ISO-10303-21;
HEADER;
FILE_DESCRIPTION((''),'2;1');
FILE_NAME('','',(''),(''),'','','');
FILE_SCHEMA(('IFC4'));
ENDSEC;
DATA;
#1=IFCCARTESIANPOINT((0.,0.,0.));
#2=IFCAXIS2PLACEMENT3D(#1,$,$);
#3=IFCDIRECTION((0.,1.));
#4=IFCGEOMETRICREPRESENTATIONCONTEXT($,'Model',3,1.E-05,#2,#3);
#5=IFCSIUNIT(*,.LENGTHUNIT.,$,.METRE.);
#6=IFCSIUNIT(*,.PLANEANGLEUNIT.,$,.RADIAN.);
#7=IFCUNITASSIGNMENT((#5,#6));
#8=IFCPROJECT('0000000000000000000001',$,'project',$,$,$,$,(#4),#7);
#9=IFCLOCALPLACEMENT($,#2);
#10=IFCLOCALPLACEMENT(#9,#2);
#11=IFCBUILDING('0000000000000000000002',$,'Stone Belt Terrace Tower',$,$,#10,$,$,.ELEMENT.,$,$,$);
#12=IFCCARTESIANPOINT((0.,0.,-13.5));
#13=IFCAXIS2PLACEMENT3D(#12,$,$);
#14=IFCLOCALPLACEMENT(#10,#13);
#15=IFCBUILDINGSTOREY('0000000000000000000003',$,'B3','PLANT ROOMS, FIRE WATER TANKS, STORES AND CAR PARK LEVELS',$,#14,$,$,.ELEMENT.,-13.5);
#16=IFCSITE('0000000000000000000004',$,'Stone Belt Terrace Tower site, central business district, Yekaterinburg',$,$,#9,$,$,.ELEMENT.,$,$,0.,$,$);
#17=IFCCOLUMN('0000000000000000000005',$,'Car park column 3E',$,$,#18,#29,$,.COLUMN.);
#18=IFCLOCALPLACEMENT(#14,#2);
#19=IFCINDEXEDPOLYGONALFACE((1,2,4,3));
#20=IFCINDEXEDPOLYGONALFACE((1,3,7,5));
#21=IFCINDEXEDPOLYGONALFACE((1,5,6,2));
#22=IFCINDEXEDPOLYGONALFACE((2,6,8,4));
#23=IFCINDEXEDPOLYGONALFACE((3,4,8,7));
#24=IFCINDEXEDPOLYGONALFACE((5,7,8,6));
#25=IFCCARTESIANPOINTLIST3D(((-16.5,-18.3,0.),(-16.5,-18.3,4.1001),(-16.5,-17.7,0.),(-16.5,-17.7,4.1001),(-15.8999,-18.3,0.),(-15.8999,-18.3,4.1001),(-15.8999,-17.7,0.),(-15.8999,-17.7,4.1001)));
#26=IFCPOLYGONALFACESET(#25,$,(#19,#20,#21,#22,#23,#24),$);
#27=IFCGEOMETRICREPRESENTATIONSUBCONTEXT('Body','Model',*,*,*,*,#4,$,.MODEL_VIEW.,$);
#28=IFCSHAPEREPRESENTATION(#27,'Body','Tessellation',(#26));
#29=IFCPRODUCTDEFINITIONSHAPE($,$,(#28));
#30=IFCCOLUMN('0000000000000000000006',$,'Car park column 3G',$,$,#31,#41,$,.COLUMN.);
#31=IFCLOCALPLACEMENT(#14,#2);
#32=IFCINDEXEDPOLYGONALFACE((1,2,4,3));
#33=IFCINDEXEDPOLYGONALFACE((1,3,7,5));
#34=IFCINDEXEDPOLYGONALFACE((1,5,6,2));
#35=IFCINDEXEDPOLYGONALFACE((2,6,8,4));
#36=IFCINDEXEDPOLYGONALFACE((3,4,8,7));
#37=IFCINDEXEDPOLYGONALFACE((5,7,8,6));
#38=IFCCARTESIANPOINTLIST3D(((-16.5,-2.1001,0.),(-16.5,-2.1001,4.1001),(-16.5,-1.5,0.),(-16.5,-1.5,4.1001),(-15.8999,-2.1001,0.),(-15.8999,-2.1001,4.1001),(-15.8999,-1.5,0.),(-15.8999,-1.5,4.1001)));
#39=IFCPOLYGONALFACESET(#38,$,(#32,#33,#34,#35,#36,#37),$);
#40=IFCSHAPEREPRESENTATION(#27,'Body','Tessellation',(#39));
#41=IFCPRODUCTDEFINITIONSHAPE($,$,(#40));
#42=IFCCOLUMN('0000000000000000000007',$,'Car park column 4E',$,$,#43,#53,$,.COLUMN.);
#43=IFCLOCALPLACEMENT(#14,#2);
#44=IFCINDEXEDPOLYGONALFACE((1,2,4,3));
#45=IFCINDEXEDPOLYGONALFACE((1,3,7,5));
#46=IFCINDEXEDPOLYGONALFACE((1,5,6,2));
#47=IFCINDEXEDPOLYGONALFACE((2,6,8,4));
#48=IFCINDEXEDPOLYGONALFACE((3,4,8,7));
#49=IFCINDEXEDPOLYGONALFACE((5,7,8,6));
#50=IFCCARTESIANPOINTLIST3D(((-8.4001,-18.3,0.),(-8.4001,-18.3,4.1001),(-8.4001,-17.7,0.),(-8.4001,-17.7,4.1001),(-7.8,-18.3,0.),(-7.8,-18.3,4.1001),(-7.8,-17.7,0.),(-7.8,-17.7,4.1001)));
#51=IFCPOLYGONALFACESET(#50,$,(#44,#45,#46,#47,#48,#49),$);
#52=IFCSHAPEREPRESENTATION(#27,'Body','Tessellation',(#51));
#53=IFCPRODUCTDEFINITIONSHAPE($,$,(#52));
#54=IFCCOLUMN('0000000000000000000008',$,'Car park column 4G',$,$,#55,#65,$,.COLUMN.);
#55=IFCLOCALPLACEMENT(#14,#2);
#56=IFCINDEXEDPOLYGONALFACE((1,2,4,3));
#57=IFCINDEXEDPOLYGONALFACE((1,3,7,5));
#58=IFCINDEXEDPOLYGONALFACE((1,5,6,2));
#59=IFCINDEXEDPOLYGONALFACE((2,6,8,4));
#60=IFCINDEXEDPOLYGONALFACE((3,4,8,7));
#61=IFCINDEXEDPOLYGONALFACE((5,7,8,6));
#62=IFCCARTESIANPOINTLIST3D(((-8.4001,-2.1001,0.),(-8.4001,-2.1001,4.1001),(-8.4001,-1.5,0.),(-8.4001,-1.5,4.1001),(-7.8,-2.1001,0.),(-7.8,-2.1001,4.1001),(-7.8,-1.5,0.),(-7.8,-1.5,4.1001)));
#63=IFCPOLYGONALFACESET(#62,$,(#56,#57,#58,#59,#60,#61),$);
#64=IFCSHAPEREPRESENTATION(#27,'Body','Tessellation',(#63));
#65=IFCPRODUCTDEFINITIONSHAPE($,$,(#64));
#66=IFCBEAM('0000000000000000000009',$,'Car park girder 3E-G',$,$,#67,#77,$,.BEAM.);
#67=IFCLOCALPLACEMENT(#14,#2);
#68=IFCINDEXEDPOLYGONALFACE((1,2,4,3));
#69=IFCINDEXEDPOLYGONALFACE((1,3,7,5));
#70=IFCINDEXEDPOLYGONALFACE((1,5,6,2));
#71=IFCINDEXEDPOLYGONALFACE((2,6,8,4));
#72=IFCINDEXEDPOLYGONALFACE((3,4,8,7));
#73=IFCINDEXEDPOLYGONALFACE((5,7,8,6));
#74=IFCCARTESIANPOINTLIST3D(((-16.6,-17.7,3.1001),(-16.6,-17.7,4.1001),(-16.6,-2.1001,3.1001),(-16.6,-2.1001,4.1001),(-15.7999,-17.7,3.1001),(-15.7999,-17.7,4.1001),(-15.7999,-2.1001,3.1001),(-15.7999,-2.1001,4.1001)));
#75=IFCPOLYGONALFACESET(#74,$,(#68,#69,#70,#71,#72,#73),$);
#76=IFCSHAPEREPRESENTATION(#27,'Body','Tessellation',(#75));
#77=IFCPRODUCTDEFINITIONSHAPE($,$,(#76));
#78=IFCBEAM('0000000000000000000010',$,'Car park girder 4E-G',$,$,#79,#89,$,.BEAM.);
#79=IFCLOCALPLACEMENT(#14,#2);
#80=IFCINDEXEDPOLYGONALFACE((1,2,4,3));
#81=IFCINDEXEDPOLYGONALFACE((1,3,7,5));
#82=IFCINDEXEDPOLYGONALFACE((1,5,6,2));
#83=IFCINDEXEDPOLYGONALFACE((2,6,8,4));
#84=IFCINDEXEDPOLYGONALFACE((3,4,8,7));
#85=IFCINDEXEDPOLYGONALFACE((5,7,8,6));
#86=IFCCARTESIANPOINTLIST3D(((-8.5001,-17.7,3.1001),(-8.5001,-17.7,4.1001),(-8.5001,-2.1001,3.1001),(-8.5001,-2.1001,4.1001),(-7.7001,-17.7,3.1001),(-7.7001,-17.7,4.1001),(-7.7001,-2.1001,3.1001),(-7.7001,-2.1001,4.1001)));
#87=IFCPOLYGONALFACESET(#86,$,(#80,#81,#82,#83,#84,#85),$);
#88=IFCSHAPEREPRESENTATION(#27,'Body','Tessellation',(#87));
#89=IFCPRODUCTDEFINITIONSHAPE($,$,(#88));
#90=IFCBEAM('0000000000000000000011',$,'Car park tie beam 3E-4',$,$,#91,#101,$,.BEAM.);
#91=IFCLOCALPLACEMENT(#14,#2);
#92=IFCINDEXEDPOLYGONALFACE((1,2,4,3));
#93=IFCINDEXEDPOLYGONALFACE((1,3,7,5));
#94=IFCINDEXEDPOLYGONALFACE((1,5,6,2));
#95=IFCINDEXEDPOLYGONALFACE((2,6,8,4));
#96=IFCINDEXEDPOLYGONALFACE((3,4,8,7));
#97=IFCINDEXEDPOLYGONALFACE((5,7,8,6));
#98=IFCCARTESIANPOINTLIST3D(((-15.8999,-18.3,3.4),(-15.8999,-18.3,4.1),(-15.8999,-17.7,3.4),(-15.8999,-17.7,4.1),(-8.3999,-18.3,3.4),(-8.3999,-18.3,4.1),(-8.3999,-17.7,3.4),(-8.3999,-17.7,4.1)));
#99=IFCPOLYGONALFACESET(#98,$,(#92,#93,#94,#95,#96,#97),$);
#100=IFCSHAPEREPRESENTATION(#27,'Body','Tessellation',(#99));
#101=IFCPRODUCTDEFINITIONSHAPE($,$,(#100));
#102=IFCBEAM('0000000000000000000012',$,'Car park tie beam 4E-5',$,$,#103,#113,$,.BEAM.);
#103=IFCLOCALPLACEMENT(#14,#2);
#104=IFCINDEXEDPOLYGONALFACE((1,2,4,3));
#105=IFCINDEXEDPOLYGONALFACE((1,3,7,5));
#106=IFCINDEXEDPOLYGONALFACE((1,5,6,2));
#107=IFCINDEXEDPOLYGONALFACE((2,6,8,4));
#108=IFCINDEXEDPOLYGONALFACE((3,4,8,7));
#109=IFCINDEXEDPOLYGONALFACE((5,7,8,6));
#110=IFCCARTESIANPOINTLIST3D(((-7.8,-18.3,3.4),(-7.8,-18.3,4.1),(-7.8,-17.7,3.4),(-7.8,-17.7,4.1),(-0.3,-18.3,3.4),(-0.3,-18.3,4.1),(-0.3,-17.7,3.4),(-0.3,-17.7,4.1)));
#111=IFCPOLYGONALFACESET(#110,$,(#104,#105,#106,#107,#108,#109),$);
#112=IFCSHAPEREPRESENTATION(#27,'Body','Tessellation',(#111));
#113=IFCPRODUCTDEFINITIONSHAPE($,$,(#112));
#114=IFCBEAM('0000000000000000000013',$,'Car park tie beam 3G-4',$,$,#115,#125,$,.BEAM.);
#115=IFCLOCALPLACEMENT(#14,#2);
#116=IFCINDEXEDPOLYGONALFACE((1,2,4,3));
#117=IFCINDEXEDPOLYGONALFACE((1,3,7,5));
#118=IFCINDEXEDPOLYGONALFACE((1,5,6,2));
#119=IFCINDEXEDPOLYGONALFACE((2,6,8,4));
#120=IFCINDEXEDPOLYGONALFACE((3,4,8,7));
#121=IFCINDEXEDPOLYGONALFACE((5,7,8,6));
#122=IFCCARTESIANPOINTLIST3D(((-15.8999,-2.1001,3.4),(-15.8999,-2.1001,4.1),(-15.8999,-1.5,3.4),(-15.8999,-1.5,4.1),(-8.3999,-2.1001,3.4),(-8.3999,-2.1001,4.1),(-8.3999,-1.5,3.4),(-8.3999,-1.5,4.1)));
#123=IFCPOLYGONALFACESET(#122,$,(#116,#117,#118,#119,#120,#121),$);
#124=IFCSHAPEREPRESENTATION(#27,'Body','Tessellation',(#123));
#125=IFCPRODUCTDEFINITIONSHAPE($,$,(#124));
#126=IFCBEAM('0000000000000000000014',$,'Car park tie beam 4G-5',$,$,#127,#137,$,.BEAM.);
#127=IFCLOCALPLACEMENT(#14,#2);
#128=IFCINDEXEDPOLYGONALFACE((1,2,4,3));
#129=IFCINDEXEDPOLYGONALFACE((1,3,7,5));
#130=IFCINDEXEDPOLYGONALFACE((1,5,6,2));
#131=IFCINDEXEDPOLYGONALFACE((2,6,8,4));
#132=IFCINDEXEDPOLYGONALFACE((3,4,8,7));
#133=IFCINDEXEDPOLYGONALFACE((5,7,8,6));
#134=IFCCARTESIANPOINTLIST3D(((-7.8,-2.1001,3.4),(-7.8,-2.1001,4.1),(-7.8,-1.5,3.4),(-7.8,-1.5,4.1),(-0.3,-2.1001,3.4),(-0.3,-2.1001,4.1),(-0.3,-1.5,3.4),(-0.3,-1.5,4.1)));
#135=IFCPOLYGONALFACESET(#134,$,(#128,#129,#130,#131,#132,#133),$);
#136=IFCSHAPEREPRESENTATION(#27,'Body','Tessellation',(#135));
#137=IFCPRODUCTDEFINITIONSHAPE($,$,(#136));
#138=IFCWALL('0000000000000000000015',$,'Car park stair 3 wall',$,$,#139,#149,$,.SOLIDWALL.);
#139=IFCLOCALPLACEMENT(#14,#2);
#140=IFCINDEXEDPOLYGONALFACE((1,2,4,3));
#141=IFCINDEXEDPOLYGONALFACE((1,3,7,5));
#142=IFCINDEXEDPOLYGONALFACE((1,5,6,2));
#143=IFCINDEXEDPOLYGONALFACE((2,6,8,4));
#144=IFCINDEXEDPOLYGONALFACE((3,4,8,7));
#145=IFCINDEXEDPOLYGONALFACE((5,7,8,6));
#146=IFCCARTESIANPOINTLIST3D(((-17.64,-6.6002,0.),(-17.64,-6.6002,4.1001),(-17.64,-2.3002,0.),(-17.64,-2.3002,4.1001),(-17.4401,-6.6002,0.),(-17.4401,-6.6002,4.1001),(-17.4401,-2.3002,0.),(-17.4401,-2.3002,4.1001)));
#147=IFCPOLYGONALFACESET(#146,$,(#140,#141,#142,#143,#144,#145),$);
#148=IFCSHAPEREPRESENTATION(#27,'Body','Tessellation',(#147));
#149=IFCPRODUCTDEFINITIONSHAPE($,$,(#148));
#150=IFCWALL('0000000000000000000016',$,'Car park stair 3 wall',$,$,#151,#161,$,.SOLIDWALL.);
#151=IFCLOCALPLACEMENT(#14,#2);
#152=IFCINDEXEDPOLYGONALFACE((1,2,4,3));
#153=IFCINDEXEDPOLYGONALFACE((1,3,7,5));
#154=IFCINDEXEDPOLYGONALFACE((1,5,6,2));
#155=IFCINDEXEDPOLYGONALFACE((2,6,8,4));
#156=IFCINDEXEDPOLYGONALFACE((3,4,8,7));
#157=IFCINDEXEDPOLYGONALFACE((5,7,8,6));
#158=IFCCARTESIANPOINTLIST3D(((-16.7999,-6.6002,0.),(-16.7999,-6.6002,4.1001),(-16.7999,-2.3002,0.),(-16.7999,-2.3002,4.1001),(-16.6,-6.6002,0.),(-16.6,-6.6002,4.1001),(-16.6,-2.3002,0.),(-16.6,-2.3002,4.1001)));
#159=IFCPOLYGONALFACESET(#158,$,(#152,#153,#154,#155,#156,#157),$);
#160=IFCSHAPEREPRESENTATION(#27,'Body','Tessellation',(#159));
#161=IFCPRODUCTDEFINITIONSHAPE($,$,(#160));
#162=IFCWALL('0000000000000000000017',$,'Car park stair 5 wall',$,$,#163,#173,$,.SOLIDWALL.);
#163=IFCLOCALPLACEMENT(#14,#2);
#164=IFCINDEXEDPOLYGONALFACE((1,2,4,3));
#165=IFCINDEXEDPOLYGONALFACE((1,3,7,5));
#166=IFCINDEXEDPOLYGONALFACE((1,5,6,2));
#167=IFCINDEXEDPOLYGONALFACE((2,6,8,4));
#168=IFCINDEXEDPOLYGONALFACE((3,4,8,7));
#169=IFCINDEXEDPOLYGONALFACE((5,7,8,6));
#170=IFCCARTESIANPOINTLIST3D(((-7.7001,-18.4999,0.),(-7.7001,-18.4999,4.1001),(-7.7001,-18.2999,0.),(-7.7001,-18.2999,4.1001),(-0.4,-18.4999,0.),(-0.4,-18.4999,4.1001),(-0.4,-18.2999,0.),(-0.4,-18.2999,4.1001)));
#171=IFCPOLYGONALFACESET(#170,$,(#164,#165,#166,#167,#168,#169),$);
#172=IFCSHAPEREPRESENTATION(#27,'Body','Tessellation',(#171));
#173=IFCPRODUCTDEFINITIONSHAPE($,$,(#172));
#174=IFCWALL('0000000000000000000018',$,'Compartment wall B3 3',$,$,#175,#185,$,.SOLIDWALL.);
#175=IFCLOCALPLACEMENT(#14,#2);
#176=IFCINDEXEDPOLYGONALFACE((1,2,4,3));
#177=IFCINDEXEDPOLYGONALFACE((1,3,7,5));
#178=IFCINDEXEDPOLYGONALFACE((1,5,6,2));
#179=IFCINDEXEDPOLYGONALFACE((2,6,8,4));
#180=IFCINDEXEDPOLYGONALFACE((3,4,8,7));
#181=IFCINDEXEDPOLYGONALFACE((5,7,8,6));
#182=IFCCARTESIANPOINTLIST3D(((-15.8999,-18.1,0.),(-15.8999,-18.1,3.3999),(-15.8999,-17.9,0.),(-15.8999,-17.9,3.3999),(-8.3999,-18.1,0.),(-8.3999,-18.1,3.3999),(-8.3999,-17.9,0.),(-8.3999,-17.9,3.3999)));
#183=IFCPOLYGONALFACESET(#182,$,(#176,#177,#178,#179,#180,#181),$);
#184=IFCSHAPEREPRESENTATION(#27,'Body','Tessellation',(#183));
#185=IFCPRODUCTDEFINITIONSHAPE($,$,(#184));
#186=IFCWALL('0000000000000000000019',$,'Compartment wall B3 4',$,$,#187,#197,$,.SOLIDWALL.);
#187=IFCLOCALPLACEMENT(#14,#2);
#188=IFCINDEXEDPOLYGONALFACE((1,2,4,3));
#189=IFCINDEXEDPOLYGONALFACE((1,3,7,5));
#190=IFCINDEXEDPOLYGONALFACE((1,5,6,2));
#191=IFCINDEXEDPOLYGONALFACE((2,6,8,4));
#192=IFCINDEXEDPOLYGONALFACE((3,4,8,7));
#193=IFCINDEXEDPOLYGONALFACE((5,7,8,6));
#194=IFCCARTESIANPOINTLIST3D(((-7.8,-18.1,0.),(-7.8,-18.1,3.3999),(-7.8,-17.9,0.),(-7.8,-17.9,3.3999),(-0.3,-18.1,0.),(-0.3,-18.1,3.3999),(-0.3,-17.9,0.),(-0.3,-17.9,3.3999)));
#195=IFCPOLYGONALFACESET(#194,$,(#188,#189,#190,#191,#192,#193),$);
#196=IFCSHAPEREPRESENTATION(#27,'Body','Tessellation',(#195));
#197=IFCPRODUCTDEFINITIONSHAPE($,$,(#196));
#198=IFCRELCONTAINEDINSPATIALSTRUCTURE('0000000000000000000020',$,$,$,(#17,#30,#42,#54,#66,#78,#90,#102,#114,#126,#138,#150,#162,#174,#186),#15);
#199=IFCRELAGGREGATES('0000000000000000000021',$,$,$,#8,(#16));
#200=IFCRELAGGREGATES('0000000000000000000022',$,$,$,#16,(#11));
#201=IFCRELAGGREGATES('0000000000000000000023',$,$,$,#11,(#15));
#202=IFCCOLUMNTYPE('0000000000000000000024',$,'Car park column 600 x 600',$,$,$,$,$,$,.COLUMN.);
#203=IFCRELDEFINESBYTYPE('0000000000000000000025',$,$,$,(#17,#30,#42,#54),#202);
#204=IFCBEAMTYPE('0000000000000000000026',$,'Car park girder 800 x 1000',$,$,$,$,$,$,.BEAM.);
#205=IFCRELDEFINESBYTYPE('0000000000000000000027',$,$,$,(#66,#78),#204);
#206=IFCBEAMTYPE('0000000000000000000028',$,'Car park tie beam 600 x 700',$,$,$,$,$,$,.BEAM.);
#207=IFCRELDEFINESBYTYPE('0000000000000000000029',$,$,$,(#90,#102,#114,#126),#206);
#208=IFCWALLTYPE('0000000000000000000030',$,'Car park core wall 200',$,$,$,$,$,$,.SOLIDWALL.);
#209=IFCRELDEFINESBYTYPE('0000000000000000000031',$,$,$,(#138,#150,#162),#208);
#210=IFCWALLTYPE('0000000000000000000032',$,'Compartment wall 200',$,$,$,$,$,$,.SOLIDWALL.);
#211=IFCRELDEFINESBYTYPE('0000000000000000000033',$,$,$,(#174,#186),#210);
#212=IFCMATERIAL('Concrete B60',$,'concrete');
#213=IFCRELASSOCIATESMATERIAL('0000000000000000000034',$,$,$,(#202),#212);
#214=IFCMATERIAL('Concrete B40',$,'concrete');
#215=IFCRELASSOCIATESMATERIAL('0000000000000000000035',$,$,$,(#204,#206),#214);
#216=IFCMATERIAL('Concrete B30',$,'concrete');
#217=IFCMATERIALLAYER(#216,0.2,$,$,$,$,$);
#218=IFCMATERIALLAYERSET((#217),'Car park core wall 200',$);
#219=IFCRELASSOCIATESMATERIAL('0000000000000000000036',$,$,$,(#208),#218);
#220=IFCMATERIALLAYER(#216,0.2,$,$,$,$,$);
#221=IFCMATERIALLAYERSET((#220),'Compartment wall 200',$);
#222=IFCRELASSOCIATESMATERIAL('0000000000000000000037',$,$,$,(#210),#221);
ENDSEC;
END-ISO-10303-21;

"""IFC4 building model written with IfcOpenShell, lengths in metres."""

from ifc_helpers import new_model, si_unit, direction, frame, frame_2d, origin, origin_2d, place, context, subcontext, project, spatial, rectangle, extrude, material, layer, layer_set, material_profile, profile_set, type_object, element, save


model = new_model("IFC4")

# Units and contexts
model_context = context("Model", 3, precision=1e-05, world=origin(), true_north=direction((0.0, 1.0)))
body_context = subcontext(model_context, "Body", "Model", "MODEL_VIEW")
ifc_project = project(units=[si_unit("LENGTHUNIT", "METRE"), si_unit("PLANEANGLEUNIT", "RADIAN")], contexts=[model_context])

# Site, building, storey
site_placement = place(None, origin())
site = spatial("IfcSite", under=ifc_project, at=site_placement, Name="Stone Belt Terrace Tower site, central business district, Yekaterinburg", CompositionType="ELEMENT", RefElevation=0.0)
building_placement = place(site_placement, origin())
building = spatial("IfcBuilding", under=site, at=building_placement, Name="Stone Belt Terrace Tower", CompositionType="ELEMENT")
storey_placement = place(building_placement, frame((0.0, 0.0, -13.5)))
storey = spatial("IfcBuildingStorey", under=building, at=storey_placement, Name="B3", Description="PLANT ROOMS, FIRE WATER TANKS, STORES AND CAR PARK LEVELS", CompositionType="ELEMENT", Elevation=-13.5)

# Columns
ifc_material_1 = material(Name="Concrete B60", Category="concrete")
ifc_material_profile_1 = material_profile(ifc_material_1, rectangle(XDim=0.6001, YDim=0.6001, at=origin_2d()), Name="Car park column 600 x 600")
ifc_profile_set_1 = profile_set([ifc_material_profile_1], Name="Concrete B60")
column_type = type_object("IfcColumnType", Name="Car park column 600 x 600", PredefinedType="COLUMN", material=ifc_profile_set_1)
for number, where, z_axis, x_axis, name in (
    (1, (-16.2, -18.0, 0.0), (0.0, 0.0, 1.0), (1.0, 0.0, 0.0), "Car park column 3E"),
    (2, (-16.2, -1.8, 0.0), (0.0, 0.0, 1.0), (1.0, 0.0, 0.0), "Car park column 3G"),
    (3, (-8.1001, -18.0, 0.0), (0.0, 0.0, 1.0), (1.0, 0.0, 0.0), "Car park column 4E"),
    (4, (-8.1001, -1.8, 0.0), (0.0, 0.0, 1.0), (1.0, 0.0, 0.0), "Car park column 4G"),
):
    element("IfcColumn", number, at=place(storey_placement, frame(where, z_axis=z_axis, x_axis=x_axis)), inside=storey, type_object=column_type, Name=name, PredefinedType="COLUMN", context=body_context, shape_type="SweptSolid", body=[
        extrude(rectangle(XDim=0.6001, YDim=0.6001, at=origin_2d()), origin(), (0.0, 0.0, 1.0), 4.1001),
    ])

# Beams
ifc_material_2 = material(Name="Concrete B40", Category="concrete")
ifc_material_profile_2 = material_profile(ifc_material_2, rectangle(XDim=0.8, YDim=1.0, at=origin_2d()), Name="Car park girder 800 x 1000")
ifc_profile_set_2 = profile_set([ifc_material_profile_2], Name="Concrete B40")
beam_type_1 = type_object("IfcBeamType", Name="Car park girder 800 x 1000", PredefinedType="BEAM", material=ifc_profile_set_2)
for number, where, z_axis, x_axis, name in (
    (5, (-16.2, -17.7, 3.6001), (0.0, 1.0, 0.0), (-1.0, 0.0, 0.0), "Car park girder 3E-G"),
    (6, (-8.1001, -17.7, 3.6001), (0.0, 1.0, 0.0), (-1.0, 0.0, 0.0), "Car park girder 4E-G"),
):
    element("IfcBeam", number, at=place(storey_placement, frame(where, z_axis=z_axis, x_axis=x_axis)), inside=storey, type_object=beam_type_1, Name=name, PredefinedType="BEAM", context=body_context, shape_type="SweptSolid", body=[
        extrude(rectangle(XDim=0.8, YDim=1.0, at=origin_2d()), origin(), (0.0, 0.0, 1.0), 15.5999),
    ])
ifc_material_profile_3 = material_profile(ifc_material_2, rectangle(XDim=0.6001, YDim=0.7, at=origin_2d()), Name="Car park tie beam 600 x 700")
ifc_profile_set_3 = profile_set([ifc_material_profile_3], Name="Concrete B40")
beam_type_2 = type_object("IfcBeamType", Name="Car park tie beam 600 x 700", PredefinedType="BEAM", material=ifc_profile_set_3)
for number, where, z_axis, x_axis, name in (
    (7, (-15.8999, -18.0, 3.75), (1.0, 0.0, 0.0), (0.0, 1.0, 0.0), "Car park tie beam 3E-4"),
    (8, (-7.8, -18.0, 3.75), (1.0, 0.0, 0.0), (0.0, 1.0, 0.0), "Car park tie beam 4E-5"),
    (9, (-15.8999, -1.8, 3.75), (1.0, 0.0, 0.0), (0.0, 1.0, 0.0), "Car park tie beam 3G-4"),
    (10, (-7.8, -1.8, 3.75), (1.0, 0.0, 0.0), (0.0, 1.0, 0.0), "Car park tie beam 4G-5"),
):
    element("IfcBeam", number, at=place(storey_placement, frame(where, z_axis=z_axis, x_axis=x_axis)), inside=storey, type_object=beam_type_2, Name=name, PredefinedType="BEAM", context=body_context, shape_type="SweptSolid", body=[
        extrude(rectangle(XDim=0.6001, YDim=0.7, at=origin_2d()), origin(), (0.0, 0.0, 1.0), 7.5),
    ])

# Walls
ifc_material_3 = material(Name="Concrete B30", Category="concrete")
ifc_layer_1 = layer(ifc_material_3, 0.2)
ifc_layer_set_1 = layer_set([ifc_layer_1], Name="Car park core wall 200")
wall_type_1 = type_object("IfcWallType", Name="Car park core wall 200", PredefinedType="SOLIDWALL", material=ifc_layer_set_1)
for number, where, z_axis, x_axis, name in (
    (11, (-17.54, -6.6001, 0.0), (0.0, 0.0, 1.0), (0.0, 1.0, 0.0), "Car park stair 3 wall"),
    (12, (-16.7, -6.6001, 0.0), (0.0, 0.0, 1.0), (0.0, 1.0, 0.0), "Car park stair 3 wall"),
):
    element("IfcWall", number, at=place(storey_placement, frame(where, z_axis=z_axis, x_axis=x_axis)), inside=storey, type_object=wall_type_1, Name=name, PredefinedType="SOLIDWALL", context=body_context, shape_type="SweptSolid", body=[
        extrude(rectangle(XDim=4.3, YDim=0.2, at=frame_2d((2.1499, 0.0))), origin(), (0.0, 0.0, 1.0), 4.1001),
    ])
wall_placement = place(storey_placement, frame((-7.7, -18.3999, 0.0), z_axis=(0.0, 0.0, 1.0), x_axis=(1.0, 0.0, 0.0)))
element("IfcWall", 13, at=wall_placement, inside=storey, type_object=wall_type_1, Name="Car park stair 5 wall", PredefinedType="SOLIDWALL", context=body_context, shape_type="SweptSolid", body=[
    extrude(rectangle(XDim=7.3, YDim=0.2, at=frame_2d((3.6499, 0.0))), origin(), (0.0, 0.0, 1.0), 4.1001),
])
ifc_layer_2 = layer(ifc_material_3, 0.2)
ifc_layer_set_2 = layer_set([ifc_layer_2], Name="Compartment wall 200")
wall_type_2 = type_object("IfcWallType", Name="Compartment wall 200", PredefinedType="SOLIDWALL", material=ifc_layer_set_2)
for number, where, z_axis, x_axis, name in (
    (14, (-15.8999, -18.0, 0.0), (0.0, 0.0, 1.0), (1.0, 0.0, 0.0), "Compartment wall B3 3"),
    (15, (-7.8, -18.0, 0.0), (0.0, 0.0, 1.0), (1.0, 0.0, 0.0), "Compartment wall B3 4"),
):
    element("IfcWall", number, at=place(storey_placement, frame(where, z_axis=z_axis, x_axis=x_axis)), inside=storey, type_object=wall_type_2, Name=name, PredefinedType="SOLIDWALL", context=body_context, shape_type="SweptSolid", body=[
        extrude(rectangle(XDim=7.5, YDim=0.2, at=frame_2d((3.75, 0.0))), origin(), (0.0, 0.0, 1.0), 3.3999),
    ])

save(model, "model.ifc")
